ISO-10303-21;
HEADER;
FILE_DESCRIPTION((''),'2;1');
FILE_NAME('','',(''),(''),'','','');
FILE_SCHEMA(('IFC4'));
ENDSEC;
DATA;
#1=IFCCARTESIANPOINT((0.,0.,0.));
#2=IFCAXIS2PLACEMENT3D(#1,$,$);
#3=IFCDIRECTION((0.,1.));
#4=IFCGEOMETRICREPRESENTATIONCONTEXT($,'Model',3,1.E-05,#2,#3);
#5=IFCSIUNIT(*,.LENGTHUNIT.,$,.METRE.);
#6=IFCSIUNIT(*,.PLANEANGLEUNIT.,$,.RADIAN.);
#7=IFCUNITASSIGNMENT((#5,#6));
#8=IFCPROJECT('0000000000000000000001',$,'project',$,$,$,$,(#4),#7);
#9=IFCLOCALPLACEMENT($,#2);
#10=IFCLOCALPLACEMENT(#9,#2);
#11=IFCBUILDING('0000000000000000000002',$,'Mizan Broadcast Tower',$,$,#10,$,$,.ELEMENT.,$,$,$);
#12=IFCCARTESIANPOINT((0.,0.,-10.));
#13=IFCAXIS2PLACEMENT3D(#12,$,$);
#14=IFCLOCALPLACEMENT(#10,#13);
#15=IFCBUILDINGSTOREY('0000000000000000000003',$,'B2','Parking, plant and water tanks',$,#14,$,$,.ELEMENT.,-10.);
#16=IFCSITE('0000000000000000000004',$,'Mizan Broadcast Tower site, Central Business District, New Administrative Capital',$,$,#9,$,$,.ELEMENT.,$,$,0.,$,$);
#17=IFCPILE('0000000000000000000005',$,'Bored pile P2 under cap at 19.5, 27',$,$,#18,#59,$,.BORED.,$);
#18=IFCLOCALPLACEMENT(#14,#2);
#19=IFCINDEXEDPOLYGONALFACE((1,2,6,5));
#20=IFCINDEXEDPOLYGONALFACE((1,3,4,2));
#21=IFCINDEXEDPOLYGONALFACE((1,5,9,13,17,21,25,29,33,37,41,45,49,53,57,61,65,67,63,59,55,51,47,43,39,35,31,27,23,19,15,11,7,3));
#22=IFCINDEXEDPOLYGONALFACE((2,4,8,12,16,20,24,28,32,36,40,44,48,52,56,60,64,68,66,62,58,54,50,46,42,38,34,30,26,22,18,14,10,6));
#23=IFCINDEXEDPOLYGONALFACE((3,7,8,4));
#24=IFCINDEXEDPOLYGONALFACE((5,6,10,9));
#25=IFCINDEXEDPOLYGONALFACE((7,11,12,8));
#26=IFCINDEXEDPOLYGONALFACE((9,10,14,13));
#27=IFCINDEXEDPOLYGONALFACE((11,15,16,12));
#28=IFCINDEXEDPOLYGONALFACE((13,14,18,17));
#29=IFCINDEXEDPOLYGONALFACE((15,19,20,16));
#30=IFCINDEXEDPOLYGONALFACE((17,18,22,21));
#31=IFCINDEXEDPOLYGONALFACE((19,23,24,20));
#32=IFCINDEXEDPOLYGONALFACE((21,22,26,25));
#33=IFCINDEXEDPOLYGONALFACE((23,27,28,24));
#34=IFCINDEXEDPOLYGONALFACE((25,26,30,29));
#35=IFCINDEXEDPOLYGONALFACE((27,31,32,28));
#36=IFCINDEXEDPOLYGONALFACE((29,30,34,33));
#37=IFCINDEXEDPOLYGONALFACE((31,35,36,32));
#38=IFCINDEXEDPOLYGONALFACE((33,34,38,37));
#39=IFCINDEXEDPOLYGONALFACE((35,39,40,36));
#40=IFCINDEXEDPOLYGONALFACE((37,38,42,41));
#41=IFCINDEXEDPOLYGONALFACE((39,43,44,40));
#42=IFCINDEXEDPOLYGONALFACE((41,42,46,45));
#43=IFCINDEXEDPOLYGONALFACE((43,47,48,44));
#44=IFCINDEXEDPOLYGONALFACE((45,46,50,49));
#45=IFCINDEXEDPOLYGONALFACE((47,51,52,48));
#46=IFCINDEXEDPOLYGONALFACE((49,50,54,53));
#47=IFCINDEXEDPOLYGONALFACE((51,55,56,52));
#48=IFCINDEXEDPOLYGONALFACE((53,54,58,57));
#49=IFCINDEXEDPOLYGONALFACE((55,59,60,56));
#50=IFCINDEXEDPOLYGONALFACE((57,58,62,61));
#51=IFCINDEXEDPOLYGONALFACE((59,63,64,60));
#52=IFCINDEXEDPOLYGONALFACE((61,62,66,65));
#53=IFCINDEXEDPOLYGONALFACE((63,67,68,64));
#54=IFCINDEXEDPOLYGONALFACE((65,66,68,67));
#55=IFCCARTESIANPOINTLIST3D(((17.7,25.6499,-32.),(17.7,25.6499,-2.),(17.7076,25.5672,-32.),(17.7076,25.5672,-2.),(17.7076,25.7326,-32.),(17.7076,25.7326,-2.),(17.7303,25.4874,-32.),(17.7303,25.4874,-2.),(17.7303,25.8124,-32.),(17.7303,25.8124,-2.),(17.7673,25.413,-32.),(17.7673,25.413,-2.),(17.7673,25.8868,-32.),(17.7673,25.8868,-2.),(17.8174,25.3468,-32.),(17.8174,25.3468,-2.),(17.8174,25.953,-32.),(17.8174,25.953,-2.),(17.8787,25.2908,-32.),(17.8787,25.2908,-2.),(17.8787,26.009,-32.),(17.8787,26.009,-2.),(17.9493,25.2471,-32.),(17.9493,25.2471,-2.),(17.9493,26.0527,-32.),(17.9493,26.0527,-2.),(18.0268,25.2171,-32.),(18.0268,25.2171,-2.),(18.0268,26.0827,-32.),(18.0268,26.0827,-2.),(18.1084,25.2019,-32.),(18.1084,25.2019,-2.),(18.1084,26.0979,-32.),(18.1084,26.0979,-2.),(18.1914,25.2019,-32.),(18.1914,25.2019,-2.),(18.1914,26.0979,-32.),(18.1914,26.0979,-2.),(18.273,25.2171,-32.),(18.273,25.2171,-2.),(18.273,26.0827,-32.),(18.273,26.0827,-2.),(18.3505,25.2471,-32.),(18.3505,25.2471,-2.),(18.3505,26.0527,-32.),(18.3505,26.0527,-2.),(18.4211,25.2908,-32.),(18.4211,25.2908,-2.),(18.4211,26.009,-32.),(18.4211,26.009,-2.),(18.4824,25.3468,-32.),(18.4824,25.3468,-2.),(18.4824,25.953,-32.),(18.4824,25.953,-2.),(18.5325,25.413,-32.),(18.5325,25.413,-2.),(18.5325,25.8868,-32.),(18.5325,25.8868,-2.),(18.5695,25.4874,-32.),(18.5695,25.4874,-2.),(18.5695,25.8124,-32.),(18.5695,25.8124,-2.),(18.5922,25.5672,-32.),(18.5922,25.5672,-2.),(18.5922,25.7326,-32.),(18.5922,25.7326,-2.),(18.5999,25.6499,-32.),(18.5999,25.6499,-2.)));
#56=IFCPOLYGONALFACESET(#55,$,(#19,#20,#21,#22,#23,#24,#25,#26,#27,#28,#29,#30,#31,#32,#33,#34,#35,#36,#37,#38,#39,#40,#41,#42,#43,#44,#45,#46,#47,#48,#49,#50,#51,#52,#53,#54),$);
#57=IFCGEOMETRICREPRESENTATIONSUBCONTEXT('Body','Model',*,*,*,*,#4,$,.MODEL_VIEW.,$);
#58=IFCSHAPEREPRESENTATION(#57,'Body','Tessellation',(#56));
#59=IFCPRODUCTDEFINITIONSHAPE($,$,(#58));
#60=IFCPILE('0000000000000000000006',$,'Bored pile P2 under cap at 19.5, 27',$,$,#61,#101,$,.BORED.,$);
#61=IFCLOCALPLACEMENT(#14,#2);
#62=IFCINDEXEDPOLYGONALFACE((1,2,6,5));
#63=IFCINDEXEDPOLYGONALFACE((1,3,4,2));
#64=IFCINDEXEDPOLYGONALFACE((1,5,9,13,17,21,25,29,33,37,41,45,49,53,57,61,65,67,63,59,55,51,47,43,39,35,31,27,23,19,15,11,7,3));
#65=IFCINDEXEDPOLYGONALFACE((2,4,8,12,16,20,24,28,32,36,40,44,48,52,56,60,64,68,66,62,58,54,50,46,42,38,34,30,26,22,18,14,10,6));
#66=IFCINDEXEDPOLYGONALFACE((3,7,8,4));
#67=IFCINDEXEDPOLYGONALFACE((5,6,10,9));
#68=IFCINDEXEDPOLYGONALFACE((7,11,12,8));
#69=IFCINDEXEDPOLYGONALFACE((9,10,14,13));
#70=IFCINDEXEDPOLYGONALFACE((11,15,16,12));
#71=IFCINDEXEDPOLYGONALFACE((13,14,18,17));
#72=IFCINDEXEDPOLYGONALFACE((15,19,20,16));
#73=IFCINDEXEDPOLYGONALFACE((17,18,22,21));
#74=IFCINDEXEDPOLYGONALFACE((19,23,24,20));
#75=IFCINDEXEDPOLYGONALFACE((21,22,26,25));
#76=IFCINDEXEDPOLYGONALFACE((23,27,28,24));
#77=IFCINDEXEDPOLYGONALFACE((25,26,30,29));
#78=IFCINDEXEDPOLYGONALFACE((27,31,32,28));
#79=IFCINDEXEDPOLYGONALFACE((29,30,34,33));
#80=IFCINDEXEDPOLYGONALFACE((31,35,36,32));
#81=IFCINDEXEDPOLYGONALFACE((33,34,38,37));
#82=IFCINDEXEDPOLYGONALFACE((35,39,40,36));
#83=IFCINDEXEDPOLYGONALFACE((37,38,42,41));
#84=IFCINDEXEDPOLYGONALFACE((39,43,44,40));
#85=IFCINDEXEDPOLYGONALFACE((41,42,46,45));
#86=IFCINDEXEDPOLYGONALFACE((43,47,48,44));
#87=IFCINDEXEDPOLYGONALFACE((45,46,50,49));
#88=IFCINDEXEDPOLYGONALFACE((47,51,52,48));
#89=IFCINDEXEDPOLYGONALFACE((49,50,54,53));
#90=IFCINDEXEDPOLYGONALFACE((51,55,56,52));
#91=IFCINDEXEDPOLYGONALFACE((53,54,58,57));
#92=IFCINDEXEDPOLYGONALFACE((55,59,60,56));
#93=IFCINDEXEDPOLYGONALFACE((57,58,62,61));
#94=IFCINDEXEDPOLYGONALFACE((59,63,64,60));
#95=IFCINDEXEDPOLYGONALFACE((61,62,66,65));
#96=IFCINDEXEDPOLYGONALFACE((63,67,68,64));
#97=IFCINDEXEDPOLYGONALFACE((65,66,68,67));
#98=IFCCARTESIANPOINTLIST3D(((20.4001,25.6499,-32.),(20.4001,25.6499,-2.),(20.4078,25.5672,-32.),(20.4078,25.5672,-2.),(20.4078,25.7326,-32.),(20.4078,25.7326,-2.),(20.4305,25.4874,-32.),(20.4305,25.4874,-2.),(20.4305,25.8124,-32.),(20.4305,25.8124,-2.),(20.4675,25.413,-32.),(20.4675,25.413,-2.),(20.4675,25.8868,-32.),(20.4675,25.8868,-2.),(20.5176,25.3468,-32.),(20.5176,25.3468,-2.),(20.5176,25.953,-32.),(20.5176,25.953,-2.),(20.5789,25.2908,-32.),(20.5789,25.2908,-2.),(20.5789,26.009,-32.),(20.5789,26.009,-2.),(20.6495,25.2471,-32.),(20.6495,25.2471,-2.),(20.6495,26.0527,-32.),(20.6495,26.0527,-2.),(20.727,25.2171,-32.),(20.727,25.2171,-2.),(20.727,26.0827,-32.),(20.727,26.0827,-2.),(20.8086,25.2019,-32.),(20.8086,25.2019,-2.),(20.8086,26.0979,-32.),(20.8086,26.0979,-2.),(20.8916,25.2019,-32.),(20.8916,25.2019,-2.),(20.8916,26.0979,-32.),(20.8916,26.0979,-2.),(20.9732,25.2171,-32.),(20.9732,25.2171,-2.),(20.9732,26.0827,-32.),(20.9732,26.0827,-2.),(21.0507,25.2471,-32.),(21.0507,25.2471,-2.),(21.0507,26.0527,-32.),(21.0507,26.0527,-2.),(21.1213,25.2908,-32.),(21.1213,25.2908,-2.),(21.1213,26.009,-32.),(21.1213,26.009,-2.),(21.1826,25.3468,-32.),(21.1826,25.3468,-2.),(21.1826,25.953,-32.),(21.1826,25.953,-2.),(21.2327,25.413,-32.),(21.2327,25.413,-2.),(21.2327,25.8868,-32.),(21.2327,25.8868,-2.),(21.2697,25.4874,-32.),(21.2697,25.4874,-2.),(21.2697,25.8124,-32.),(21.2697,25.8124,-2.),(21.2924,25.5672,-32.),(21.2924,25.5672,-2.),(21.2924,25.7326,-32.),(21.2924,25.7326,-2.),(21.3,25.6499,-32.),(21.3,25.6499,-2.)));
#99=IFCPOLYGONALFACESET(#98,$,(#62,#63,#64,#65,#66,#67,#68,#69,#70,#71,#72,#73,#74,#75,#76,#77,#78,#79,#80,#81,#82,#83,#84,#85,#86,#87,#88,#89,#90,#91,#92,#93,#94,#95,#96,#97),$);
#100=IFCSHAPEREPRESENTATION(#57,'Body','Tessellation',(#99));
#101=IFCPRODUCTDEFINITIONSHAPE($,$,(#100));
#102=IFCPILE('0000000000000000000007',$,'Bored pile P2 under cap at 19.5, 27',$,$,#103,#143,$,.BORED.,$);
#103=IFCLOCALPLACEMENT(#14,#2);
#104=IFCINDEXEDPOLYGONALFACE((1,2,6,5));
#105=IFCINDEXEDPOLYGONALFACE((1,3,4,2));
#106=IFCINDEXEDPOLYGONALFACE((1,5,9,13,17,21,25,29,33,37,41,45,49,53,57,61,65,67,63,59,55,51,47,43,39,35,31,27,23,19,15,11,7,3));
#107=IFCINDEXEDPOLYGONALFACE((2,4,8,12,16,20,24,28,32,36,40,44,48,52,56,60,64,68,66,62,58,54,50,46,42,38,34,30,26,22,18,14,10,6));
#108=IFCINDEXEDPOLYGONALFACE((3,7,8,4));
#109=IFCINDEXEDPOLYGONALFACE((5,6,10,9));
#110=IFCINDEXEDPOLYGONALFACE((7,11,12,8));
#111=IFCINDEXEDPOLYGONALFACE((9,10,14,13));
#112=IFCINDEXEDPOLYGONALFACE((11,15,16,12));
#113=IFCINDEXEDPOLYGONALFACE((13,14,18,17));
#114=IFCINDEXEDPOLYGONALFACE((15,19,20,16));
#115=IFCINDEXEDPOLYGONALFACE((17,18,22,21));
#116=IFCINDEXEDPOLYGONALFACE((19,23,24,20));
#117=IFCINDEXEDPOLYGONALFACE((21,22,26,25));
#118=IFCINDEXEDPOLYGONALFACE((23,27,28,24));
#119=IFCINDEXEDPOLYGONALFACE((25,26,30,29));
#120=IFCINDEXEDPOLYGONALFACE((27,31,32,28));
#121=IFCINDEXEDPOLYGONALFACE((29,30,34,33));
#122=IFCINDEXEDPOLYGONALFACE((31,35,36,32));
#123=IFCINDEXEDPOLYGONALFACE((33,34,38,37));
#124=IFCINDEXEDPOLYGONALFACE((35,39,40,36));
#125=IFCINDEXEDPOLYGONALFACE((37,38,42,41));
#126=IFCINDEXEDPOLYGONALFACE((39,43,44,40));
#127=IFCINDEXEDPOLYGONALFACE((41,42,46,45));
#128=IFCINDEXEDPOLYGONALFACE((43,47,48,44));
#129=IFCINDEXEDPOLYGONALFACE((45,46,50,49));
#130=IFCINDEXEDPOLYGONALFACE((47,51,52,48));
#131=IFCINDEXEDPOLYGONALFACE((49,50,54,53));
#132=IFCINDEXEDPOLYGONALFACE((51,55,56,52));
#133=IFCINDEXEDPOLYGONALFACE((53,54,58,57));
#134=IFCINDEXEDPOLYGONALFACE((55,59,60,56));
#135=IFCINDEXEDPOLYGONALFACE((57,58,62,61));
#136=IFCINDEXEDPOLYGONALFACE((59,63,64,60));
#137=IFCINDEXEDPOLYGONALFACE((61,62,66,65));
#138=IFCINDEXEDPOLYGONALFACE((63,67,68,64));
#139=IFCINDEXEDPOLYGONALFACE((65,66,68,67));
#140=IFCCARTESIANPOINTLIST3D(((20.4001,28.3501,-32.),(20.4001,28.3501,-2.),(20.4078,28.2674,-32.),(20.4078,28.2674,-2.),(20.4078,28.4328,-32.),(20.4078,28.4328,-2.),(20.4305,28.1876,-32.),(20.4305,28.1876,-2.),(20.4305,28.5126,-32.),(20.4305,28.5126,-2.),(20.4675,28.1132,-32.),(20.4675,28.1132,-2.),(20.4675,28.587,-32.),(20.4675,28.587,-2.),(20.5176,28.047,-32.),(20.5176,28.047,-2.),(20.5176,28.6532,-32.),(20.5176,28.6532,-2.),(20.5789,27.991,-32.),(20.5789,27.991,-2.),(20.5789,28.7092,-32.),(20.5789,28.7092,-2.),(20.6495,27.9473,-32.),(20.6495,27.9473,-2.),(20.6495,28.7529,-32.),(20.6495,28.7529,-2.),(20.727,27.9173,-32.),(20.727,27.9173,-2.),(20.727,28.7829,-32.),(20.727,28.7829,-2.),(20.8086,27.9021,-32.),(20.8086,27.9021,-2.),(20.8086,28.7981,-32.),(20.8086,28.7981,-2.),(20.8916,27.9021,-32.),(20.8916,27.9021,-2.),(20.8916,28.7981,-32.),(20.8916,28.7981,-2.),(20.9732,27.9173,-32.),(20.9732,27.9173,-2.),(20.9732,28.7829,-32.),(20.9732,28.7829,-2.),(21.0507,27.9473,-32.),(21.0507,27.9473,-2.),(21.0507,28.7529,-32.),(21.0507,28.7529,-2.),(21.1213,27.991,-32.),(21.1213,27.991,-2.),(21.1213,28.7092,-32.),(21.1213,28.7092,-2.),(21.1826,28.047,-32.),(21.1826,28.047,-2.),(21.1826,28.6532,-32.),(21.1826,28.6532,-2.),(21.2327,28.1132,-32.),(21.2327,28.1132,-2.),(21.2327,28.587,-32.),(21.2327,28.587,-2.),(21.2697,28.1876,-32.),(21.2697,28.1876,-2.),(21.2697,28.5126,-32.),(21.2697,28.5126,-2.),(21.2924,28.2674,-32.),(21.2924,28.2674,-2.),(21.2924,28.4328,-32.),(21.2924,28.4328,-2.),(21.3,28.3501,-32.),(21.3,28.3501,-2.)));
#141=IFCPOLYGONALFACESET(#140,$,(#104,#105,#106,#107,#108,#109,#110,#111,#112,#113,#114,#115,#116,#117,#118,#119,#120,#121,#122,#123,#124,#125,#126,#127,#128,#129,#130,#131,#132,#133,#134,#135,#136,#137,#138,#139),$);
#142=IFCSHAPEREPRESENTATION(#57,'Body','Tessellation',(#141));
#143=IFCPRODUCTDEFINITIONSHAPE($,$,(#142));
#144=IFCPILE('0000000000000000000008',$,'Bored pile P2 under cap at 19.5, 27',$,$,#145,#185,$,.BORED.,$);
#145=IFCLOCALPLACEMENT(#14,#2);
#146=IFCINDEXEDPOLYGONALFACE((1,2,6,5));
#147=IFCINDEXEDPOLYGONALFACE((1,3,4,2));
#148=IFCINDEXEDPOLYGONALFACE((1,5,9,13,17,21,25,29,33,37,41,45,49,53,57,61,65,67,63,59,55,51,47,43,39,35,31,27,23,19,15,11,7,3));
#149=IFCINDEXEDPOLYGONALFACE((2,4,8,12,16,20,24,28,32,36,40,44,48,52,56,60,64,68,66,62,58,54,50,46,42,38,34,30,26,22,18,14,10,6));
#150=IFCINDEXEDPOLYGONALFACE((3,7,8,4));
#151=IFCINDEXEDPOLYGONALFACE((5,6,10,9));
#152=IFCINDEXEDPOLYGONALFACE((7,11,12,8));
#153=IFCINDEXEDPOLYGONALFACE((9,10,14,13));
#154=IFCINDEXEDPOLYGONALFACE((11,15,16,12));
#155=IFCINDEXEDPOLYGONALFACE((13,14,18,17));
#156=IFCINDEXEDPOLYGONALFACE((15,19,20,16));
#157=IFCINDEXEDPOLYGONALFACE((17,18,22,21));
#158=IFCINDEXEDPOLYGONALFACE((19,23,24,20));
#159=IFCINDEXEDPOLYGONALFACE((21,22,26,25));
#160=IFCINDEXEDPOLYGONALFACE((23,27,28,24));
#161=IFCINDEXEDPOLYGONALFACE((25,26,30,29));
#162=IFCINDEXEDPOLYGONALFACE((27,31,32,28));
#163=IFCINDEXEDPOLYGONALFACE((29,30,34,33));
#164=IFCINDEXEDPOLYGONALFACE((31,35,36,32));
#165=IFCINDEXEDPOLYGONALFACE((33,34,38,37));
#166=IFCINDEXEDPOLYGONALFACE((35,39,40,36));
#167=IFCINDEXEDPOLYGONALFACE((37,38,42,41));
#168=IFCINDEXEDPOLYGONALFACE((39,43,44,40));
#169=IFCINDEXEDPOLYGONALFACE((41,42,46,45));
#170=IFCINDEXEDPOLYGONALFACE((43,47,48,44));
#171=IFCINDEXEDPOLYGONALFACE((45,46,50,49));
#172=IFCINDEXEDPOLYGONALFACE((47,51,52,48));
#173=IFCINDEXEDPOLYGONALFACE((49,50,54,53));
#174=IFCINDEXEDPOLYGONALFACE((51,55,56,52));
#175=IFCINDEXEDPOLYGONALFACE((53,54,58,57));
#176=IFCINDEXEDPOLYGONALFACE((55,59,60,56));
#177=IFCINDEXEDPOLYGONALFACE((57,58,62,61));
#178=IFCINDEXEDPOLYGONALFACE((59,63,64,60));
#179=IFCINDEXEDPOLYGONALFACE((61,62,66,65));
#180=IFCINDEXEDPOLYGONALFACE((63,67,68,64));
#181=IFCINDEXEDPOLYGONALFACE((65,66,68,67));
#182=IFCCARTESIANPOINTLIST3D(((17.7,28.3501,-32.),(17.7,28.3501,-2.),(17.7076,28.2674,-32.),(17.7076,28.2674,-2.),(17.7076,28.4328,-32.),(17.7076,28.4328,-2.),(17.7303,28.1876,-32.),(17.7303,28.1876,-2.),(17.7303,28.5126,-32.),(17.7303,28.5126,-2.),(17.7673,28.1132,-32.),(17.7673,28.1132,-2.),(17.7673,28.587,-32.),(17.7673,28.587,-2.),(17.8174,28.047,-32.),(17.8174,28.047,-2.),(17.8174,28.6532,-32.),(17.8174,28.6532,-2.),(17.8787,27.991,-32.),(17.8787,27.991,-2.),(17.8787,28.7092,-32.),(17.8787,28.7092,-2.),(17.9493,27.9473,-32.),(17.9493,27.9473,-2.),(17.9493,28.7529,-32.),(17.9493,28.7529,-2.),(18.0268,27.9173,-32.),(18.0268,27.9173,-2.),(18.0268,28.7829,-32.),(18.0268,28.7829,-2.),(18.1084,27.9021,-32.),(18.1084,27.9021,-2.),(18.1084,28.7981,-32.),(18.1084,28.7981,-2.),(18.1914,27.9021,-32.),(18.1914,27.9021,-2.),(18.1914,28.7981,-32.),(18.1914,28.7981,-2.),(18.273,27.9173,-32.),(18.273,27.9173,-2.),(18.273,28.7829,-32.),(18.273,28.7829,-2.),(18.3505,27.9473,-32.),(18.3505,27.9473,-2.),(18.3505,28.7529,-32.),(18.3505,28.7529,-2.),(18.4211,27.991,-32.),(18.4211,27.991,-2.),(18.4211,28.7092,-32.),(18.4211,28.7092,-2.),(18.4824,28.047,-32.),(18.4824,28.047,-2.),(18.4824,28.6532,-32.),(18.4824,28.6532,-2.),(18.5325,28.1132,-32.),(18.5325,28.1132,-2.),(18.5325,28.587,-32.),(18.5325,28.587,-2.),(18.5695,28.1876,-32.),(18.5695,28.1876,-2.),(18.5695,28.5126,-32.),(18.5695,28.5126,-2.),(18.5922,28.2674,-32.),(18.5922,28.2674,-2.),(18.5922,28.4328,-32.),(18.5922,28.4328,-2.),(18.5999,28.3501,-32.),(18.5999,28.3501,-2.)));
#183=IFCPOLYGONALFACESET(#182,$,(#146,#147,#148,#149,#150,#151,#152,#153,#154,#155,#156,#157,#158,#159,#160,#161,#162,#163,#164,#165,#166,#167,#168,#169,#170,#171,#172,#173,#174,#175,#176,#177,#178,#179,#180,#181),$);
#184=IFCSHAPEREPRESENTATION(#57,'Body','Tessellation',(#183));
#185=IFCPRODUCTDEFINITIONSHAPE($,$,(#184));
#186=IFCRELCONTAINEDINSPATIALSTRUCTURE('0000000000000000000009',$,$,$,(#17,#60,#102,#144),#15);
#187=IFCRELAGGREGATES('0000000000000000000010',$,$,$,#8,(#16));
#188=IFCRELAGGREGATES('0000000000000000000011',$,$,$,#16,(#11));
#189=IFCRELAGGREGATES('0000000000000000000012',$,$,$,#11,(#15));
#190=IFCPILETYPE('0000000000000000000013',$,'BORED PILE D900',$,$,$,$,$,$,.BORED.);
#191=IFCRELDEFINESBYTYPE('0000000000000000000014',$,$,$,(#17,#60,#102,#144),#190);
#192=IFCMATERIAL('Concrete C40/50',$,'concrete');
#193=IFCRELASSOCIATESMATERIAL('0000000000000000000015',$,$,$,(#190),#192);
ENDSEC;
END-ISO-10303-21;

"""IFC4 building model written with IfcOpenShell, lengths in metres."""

from ifc_helpers import new_model, si_unit, direction, frame, origin, origin_2d, place, context, subcontext, project, spatial, circle, extrude, material, material_profile, profile_set, type_object, element, save


model = new_model("IFC4")

# Units and contexts
model_context = context("Model", 3, precision=1e-05, world=origin(), true_north=direction((0.0, 1.0)))
body_context = subcontext(model_context, "Body", "Model", "MODEL_VIEW")
ifc_project = project(units=[si_unit("LENGTHUNIT", "METRE"), si_unit("PLANEANGLEUNIT", "RADIAN")], contexts=[model_context])

# Site, building, storey
site_placement = place(None, origin())
site = spatial("IfcSite", under=ifc_project, at=site_placement, Name="Mizan Broadcast Tower site, Central Business District, New Administrative Capital", CompositionType="ELEMENT", RefElevation=0.0)
building_placement = place(site_placement, origin())
building = spatial("IfcBuilding", under=site, at=building_placement, Name="Mizan Broadcast Tower", CompositionType="ELEMENT")
storey_placement = place(building_placement, frame((0.0, 0.0, -10.0)))
storey = spatial("IfcBuildingStorey", under=building, at=storey_placement, Name="B2", Description="Parking, plant and water tanks", CompositionType="ELEMENT", Elevation=-10.0)

# Piles
ifc_material_1 = material(Name="Concrete C40/50", Category="concrete")
ifc_material_profile_1 = material_profile(ifc_material_1, circle(Radius=0.45, at=origin_2d()), Name="D900")
ifc_profile_set_1 = profile_set([ifc_material_profile_1], Name="Concrete C40/50")
pile_type_1 = type_object("IfcPileType", Name="BORED PILE D900", PredefinedType="BORED", material=ifc_profile_set_1)
for number, where, z_axis, x_axis, name in (
    (1, (18.1499, 25.6499, -2.0), (0.0, 0.0, -1.0), (1.0, 0.0, 0.0), "Bored pile P2 under cap at 19.5, 27"),
    (2, (20.8501, 25.6499, -2.0), (0.0, 0.0, -1.0), (1.0, 0.0, 0.0), "Bored pile P2 under cap at 19.5, 27"),
    (3, (20.8501, 28.3501, -2.0), (0.0, 0.0, -1.0), (1.0, 0.0, 0.0), "Bored pile P2 under cap at 19.5, 27"),
    (4, (18.1499, 28.3501, -2.0), (0.0, 0.0, -1.0), (1.0, 0.0, 0.0), "Bored pile P2 under cap at 19.5, 27"),
):
    element("IfcPile", number, at=place(storey_placement, frame(where, z_axis=z_axis, x_axis=x_axis)), inside=storey, type_object=pile_type_1, Name=name, PredefinedType="BORED", context=body_context, shape_type="SweptSolid", body=[
        extrude(circle(Radius=0.45, at=origin_2d()), origin(), (0.0, 0.0, 1.0), 30.0),
    ])

save(model, "model.ifc")
